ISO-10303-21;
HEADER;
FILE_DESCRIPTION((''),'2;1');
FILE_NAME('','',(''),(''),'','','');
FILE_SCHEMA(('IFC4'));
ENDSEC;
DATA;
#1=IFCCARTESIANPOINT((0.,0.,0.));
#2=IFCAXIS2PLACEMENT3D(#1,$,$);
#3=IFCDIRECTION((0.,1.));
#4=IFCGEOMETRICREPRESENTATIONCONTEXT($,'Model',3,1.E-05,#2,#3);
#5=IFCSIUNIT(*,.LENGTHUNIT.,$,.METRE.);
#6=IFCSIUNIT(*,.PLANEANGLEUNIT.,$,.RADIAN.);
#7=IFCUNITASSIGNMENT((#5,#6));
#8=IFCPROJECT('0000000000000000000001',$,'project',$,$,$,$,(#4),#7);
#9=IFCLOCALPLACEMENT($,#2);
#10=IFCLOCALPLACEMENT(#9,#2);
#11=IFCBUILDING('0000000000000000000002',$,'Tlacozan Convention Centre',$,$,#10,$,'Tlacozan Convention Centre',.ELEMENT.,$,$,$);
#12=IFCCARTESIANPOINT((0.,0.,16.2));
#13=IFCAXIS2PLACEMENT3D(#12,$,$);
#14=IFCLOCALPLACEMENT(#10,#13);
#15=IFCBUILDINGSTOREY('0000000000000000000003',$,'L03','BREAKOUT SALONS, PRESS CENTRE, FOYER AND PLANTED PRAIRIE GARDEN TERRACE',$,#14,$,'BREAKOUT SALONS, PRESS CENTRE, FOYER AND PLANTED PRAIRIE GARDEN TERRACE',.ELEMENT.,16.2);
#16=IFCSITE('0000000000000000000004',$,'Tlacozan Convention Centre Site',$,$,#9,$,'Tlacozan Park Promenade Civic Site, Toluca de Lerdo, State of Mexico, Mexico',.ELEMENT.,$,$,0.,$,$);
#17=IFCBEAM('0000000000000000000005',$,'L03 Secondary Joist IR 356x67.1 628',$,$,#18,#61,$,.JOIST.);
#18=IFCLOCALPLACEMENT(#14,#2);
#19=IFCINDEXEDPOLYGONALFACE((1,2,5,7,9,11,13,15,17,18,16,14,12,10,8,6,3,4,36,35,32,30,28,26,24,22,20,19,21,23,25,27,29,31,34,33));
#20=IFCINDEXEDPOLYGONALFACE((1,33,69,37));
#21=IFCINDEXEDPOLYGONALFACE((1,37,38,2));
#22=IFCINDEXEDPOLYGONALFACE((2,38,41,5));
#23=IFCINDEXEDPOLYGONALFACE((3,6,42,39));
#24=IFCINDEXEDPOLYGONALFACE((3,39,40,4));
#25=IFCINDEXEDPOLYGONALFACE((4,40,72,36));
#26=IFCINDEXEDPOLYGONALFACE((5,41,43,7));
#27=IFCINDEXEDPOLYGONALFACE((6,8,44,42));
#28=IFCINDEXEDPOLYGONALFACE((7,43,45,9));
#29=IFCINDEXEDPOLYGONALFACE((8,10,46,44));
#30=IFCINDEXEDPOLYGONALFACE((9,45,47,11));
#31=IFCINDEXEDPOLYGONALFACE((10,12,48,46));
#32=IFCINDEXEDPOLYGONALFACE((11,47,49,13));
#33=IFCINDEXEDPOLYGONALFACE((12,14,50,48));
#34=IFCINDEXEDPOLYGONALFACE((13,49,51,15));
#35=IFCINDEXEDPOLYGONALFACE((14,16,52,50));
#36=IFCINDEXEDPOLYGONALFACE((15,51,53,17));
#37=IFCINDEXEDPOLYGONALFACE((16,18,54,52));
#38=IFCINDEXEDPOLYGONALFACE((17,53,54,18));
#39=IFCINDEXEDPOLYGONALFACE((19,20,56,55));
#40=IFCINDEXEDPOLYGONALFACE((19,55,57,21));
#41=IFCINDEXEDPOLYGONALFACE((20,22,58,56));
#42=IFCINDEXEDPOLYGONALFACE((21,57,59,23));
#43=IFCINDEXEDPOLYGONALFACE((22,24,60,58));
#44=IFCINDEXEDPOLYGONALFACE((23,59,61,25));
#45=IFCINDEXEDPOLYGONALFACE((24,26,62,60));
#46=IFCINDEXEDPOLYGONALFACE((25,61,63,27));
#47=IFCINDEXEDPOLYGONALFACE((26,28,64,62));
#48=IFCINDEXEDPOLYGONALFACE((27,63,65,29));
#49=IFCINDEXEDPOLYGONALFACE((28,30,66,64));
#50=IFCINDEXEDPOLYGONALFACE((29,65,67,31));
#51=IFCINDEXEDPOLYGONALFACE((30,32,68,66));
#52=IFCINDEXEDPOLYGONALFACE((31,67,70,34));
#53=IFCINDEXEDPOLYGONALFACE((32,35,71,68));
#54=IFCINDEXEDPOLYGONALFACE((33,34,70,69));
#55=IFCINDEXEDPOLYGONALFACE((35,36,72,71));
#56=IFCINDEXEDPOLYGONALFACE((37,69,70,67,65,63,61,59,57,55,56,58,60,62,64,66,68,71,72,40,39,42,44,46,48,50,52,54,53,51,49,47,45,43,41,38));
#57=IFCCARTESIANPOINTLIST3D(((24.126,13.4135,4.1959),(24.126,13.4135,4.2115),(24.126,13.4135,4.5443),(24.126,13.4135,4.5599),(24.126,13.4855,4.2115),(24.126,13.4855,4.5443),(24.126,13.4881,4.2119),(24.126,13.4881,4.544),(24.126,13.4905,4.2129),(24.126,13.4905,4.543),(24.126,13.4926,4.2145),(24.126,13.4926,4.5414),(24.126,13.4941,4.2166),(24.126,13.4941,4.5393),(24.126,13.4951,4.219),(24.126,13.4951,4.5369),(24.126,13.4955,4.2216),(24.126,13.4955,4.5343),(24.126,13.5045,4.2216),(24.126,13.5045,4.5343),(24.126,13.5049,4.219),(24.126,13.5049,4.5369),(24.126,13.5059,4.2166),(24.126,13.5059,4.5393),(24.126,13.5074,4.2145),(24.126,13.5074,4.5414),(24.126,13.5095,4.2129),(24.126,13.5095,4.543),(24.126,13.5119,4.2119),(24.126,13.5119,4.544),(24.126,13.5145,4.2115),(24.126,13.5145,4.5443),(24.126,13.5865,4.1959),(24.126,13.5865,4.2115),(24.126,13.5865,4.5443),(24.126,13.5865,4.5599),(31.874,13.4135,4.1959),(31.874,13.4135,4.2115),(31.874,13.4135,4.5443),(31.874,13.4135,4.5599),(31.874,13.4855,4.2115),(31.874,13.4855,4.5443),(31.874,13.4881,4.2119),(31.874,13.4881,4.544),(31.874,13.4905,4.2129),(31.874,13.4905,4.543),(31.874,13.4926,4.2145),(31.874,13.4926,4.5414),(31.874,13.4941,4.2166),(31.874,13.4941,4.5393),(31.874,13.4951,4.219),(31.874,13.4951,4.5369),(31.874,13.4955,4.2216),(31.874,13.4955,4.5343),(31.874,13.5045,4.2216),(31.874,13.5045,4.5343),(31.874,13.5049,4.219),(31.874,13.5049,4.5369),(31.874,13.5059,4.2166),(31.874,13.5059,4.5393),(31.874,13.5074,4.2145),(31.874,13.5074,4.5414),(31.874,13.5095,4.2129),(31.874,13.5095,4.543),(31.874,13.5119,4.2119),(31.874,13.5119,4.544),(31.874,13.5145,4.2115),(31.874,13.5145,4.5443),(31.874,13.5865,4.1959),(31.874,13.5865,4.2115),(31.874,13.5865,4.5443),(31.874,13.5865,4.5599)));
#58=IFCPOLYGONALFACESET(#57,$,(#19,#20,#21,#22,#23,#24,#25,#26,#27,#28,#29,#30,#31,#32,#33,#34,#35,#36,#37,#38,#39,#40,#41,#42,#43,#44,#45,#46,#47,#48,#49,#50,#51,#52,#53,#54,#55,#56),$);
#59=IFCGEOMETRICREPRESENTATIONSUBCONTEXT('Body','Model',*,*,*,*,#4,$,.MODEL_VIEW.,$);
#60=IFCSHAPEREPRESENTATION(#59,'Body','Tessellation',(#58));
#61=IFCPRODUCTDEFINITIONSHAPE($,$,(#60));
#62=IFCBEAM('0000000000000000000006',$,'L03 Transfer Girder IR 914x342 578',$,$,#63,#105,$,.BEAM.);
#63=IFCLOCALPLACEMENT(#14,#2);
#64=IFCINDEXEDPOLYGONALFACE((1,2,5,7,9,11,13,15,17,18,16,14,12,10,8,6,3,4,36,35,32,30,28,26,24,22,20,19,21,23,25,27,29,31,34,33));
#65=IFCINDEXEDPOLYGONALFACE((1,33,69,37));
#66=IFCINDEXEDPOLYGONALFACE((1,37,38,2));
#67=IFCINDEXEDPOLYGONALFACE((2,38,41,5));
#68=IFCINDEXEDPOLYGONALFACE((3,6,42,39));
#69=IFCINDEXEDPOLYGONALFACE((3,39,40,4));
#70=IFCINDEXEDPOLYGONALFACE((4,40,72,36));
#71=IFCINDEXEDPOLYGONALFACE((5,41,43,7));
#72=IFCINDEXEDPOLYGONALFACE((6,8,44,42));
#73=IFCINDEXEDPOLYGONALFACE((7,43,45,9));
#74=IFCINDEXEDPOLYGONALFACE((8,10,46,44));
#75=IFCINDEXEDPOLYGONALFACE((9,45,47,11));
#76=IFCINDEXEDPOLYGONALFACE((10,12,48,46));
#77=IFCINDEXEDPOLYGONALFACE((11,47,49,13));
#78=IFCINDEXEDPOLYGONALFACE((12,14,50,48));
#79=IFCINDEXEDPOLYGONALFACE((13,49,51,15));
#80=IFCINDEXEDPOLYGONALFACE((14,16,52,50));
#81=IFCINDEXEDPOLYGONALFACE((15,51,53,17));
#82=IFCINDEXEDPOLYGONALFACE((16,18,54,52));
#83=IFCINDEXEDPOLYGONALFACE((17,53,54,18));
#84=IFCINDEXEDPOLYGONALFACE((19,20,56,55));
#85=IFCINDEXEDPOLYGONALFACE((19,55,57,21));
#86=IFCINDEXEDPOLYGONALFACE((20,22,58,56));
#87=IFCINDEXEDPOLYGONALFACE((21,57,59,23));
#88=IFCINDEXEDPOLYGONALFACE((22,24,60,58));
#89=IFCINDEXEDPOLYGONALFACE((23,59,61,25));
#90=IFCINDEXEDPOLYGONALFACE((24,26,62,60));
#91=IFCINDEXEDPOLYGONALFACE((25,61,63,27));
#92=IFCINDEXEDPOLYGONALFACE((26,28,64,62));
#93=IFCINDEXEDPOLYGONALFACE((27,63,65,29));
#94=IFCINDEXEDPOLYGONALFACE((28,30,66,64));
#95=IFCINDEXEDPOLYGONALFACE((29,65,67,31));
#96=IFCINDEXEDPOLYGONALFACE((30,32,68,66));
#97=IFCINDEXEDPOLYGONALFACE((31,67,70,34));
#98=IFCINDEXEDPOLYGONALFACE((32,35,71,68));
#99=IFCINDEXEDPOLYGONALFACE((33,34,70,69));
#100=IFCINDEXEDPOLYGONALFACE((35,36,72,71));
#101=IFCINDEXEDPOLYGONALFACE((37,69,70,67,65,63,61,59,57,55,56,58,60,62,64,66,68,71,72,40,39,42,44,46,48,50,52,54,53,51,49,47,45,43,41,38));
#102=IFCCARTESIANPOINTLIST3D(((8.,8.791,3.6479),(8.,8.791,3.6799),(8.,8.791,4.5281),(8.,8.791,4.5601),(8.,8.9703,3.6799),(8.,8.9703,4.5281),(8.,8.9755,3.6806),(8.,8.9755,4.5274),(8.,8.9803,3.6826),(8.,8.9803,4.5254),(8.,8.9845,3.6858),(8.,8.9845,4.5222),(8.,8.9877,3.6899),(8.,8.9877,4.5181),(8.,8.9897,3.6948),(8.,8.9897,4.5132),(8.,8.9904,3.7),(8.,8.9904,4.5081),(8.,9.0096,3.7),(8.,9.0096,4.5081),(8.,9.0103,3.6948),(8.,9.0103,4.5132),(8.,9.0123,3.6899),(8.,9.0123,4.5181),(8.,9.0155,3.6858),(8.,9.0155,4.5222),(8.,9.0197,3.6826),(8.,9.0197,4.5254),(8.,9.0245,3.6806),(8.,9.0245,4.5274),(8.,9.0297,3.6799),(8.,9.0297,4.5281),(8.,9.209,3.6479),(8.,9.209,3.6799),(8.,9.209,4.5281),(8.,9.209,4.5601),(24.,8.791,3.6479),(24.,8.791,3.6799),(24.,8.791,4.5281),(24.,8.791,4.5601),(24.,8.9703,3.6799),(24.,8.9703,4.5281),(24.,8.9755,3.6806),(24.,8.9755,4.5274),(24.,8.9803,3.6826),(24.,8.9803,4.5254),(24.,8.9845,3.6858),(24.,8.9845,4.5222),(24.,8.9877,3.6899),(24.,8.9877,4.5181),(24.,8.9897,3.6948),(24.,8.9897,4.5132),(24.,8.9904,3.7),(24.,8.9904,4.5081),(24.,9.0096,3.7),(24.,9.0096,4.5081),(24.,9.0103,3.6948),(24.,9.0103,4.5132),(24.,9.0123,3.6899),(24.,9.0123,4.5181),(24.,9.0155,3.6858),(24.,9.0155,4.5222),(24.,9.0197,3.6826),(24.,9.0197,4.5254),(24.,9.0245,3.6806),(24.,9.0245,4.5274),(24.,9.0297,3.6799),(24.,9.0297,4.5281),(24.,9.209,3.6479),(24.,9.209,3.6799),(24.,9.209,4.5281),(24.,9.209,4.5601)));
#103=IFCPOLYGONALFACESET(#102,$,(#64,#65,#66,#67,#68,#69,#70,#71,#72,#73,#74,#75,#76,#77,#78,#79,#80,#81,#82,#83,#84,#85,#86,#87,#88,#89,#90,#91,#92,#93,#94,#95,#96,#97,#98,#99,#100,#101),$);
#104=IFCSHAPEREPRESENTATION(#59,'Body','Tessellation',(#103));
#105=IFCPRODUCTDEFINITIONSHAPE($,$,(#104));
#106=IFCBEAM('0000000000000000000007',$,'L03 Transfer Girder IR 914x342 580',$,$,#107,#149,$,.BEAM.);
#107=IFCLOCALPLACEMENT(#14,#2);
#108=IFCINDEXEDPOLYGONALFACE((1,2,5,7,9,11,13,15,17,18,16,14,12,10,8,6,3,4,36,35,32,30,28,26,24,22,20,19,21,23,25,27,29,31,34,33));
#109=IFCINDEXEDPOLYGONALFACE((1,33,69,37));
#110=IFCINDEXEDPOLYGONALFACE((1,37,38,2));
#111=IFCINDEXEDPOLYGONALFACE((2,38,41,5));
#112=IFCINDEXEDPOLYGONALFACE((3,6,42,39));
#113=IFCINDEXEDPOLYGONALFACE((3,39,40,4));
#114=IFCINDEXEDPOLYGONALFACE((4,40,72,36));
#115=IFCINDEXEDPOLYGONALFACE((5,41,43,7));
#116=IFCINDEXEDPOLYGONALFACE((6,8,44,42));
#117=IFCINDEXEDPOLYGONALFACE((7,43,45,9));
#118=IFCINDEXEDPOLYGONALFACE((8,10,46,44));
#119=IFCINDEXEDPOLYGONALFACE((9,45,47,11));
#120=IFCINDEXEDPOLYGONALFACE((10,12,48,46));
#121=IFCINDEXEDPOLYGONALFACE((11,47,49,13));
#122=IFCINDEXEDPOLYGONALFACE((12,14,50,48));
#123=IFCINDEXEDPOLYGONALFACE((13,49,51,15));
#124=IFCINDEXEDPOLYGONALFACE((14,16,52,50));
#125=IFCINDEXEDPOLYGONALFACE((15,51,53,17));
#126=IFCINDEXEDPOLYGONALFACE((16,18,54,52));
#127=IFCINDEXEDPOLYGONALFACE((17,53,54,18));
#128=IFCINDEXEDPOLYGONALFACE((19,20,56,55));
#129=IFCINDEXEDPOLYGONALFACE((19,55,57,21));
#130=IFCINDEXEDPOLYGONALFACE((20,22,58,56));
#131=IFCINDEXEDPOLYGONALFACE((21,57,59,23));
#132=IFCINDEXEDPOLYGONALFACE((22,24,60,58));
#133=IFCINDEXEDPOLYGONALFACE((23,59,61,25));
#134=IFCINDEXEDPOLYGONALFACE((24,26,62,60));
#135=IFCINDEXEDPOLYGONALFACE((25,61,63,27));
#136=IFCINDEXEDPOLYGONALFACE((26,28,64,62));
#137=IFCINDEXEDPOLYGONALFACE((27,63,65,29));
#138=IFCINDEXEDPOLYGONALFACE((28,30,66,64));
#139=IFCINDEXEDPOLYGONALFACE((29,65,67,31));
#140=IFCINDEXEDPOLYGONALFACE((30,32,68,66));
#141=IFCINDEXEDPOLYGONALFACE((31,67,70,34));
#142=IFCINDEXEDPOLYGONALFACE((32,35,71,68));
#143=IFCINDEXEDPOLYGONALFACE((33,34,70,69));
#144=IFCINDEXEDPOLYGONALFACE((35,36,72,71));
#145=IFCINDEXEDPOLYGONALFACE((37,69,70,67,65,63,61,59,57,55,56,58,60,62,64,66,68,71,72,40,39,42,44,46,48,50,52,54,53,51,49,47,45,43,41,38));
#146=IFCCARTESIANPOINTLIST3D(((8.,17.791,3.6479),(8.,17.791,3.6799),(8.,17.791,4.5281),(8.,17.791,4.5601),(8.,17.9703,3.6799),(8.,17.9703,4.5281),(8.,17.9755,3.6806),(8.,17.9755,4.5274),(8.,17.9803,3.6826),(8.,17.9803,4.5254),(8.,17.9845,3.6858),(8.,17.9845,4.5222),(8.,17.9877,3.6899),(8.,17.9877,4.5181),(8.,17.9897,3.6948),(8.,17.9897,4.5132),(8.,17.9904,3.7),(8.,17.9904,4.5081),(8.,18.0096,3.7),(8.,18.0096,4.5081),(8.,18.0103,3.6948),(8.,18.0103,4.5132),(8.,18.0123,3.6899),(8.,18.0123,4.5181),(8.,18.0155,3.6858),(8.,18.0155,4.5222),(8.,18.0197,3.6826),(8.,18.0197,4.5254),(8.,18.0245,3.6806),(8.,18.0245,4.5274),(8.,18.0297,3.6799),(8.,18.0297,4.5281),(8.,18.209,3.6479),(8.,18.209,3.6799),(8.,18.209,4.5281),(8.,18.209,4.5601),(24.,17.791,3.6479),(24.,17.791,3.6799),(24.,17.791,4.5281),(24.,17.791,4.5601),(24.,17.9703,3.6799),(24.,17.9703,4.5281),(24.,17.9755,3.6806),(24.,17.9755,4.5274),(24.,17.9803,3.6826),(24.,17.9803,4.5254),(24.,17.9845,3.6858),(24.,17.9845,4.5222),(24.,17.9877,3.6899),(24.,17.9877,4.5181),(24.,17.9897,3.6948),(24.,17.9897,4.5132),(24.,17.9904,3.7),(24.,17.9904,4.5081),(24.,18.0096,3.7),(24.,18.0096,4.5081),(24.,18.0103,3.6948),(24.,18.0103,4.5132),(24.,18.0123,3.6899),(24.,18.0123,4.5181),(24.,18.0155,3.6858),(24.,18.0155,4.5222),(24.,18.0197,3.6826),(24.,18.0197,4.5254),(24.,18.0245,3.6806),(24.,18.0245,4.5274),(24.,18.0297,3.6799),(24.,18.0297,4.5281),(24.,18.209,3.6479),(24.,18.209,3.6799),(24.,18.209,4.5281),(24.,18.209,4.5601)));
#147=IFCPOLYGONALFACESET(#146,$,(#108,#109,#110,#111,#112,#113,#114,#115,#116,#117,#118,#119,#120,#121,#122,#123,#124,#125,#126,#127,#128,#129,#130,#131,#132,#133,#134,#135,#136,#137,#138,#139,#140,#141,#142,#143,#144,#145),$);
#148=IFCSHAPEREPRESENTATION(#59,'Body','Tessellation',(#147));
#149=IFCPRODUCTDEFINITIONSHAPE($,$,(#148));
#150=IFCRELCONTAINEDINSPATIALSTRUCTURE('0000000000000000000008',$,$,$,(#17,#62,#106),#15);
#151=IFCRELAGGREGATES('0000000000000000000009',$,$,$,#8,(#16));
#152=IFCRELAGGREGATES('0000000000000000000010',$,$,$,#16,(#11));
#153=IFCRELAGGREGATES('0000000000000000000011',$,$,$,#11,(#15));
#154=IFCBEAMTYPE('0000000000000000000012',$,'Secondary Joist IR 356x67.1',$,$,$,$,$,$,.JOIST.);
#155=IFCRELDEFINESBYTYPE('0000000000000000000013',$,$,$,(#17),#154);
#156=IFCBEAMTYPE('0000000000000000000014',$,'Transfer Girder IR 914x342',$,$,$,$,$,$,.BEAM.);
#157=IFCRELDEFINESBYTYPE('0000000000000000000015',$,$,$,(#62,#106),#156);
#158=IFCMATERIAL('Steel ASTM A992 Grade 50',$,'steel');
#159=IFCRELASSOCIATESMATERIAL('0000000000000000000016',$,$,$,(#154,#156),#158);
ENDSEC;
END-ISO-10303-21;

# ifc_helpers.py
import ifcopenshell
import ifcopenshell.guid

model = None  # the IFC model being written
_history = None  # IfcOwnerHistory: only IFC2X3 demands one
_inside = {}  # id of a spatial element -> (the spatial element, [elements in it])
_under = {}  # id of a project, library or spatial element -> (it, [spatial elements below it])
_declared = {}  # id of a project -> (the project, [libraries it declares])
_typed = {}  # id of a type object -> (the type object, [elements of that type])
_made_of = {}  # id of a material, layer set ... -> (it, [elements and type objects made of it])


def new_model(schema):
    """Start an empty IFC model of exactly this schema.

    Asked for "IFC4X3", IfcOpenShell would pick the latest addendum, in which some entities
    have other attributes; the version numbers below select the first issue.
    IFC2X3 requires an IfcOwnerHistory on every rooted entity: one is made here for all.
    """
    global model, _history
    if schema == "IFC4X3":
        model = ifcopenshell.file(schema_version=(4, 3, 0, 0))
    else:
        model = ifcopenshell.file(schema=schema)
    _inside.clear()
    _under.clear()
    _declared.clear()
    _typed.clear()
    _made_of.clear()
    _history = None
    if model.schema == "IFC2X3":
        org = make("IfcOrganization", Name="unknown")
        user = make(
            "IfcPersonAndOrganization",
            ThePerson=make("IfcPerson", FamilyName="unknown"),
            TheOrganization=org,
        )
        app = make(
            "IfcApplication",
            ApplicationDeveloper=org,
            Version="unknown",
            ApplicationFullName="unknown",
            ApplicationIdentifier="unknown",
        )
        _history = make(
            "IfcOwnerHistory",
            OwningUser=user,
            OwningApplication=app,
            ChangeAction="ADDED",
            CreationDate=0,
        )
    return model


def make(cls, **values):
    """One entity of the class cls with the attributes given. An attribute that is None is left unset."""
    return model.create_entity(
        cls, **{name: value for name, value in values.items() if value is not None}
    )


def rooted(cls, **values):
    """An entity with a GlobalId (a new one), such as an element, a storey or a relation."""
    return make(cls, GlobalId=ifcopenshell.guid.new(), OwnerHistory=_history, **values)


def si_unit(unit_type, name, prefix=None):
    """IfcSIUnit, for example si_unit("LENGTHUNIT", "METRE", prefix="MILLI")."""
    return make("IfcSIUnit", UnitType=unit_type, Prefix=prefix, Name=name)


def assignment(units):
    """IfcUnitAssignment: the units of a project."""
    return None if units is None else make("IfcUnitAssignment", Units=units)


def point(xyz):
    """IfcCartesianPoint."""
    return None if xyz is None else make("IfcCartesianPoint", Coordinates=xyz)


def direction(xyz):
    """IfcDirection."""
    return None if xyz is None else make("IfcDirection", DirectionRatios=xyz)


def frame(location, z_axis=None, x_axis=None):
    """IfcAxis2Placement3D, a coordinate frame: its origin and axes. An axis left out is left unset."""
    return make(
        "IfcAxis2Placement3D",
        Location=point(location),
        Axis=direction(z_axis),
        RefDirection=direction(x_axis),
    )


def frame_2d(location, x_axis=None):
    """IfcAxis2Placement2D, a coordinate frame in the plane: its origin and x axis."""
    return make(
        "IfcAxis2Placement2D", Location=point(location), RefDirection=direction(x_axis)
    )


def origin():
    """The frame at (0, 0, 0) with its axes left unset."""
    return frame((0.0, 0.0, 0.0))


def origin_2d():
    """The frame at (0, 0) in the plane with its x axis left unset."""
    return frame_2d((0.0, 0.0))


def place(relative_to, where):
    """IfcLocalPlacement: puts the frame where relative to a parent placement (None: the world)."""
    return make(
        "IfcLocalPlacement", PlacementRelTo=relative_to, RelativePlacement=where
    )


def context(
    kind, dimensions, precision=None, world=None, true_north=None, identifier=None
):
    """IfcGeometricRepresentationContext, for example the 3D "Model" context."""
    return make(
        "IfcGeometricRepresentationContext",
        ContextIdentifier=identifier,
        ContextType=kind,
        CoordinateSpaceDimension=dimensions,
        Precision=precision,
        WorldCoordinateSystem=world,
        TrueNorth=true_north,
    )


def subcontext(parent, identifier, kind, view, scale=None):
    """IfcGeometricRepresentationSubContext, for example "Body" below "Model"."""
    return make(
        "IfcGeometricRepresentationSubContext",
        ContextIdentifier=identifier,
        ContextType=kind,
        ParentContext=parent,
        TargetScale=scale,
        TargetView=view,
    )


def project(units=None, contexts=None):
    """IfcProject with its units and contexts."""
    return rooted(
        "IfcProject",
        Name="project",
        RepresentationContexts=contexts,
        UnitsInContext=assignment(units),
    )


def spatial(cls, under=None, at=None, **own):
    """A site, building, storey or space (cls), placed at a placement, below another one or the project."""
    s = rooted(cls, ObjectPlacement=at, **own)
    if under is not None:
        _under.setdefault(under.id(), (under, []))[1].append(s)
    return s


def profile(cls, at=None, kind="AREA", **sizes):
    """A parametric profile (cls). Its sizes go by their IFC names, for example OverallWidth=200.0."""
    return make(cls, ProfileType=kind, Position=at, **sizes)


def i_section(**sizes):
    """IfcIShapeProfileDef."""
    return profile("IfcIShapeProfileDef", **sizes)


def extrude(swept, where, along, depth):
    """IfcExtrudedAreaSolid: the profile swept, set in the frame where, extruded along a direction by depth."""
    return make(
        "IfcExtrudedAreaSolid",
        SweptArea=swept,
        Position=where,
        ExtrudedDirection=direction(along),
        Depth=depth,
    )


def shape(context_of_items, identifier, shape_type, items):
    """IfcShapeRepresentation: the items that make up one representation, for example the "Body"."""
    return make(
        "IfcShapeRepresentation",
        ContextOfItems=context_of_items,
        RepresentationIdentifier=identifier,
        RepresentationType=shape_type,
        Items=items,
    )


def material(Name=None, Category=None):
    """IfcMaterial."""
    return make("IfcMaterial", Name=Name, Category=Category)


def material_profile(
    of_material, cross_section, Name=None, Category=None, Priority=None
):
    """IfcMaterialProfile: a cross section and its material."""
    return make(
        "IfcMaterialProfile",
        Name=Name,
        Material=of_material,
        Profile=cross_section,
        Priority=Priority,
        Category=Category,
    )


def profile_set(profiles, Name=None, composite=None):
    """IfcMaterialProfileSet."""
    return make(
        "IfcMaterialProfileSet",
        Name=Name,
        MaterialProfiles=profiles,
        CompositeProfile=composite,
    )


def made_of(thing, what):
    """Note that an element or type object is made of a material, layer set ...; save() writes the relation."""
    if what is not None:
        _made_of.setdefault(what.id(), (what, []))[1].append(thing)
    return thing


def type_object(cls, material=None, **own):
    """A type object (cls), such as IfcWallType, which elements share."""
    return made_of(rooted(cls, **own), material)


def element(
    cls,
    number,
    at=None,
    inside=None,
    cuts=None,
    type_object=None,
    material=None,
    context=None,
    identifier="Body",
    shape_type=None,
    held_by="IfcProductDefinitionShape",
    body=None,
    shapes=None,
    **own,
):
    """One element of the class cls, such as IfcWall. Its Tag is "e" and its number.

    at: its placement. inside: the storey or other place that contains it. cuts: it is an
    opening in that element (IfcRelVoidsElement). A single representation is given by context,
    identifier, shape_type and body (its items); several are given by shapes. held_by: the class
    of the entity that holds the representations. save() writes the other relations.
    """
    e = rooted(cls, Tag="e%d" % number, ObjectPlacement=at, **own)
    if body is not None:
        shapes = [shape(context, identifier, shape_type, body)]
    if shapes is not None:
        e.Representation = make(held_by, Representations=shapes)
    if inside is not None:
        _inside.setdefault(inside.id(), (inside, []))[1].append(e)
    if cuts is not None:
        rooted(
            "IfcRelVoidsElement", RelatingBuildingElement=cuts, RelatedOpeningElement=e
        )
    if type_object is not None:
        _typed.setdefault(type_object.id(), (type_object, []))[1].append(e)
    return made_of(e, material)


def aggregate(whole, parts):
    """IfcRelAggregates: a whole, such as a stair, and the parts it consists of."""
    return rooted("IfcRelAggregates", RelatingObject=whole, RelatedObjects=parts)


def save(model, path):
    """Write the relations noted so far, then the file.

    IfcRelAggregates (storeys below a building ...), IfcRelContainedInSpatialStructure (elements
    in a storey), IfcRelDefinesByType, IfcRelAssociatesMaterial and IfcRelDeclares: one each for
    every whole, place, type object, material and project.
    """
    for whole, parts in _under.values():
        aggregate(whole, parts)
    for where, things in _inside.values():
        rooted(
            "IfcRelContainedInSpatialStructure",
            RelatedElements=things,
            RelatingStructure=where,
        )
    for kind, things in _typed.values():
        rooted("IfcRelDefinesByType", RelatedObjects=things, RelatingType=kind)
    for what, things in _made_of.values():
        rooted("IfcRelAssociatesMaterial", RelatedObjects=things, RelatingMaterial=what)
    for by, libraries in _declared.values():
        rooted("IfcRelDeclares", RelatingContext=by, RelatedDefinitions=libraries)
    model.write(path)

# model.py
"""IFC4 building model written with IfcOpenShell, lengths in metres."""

from ifc_helpers import new_model, si_unit, direction, frame, origin, origin_2d, place, context, subcontext, project, spatial, i_section, extrude, material, material_profile, profile_set, type_object, element, save


model = new_model("IFC4")

# Units and contexts
model_context = context("Model", 3, precision=1e-05, world=origin(), true_north=direction((0.0, 1.0)))
body_context = subcontext(model_context, "Body", "Model", "MODEL_VIEW")
ifc_project = project(units=[si_unit("LENGTHUNIT", "METRE"), si_unit("PLANEANGLEUNIT", "RADIAN")], contexts=[model_context])

# Site, building, storey
site_placement = place(None, origin())
site = spatial("IfcSite", under=ifc_project, at=site_placement, Name="Tlacozan Convention Centre Site", LongName="Tlacozan Park Promenade Civic Site, Toluca de Lerdo, State of Mexico, Mexico", CompositionType="ELEMENT", RefElevation=0.0)
building_placement = place(site_placement, origin())
building = spatial("IfcBuilding", under=site, at=building_placement, Name="Tlacozan Convention Centre", LongName="Tlacozan Convention Centre", CompositionType="ELEMENT")
storey_placement = place(building_placement, frame((0.0, 0.0, 16.2)))
storey = spatial("IfcBuildingStorey", under=building, at=storey_placement, Name="L03", Description="BREAKOUT SALONS, PRESS CENTRE, FOYER AND PLANTED PRAIRIE GARDEN TERRACE", LongName="BREAKOUT SALONS, PRESS CENTRE, FOYER AND PLANTED PRAIRIE GARDEN TERRACE", CompositionType="ELEMENT", Elevation=16.2)

# Beams
ifc_material_1 = material(Name="Steel ASTM A992 Grade 50", Category="steel")
ifc_material_profile_1 = material_profile(ifc_material_1, i_section(OverallWidth=0.1731, OverallDepth=0.364, WebThickness=0.009, FlangeThickness=0.0156, FilletRadius=0.01, at=origin_2d()), Name="IR 356x67.1")
ifc_profile_set_1 = profile_set([ifc_material_profile_1], Name="Steel ASTM A992 Grade 50")
beam_type_1 = type_object("IfcBeamType", Name="Secondary Joist IR 356x67.1", PredefinedType="JOIST", material=ifc_profile_set_1)
for number, where, z_axis, x_axis, name in (
    (1, (24.126, 13.5, 4.3779), (1.0, 0.0, 0.0), (0.0, 1.0, 0.0), "L03 Secondary Joist IR 356x67.1 628"),
):
    element("IfcBeam", number, at=place(storey_placement, frame(where, z_axis=z_axis, x_axis=x_axis)), inside=storey, type_object=beam_type_1, Name=name, PredefinedType="JOIST", context=body_context, shape_type="SweptSolid", body=[
        extrude(i_section(OverallWidth=0.1731, OverallDepth=0.364, WebThickness=0.009, FlangeThickness=0.0156, FilletRadius=0.01, at=origin_2d()), origin(), (0.0, 0.0, 1.0), 7.748),
    ])
ifc_material_profile_2 = material_profile(ifc_material_1, i_section(OverallWidth=0.418, OverallDepth=0.9121, WebThickness=0.0193, FlangeThickness=0.032, FilletRadius=0.02, at=origin_2d()), Name="IR 914x342.0")
ifc_profile_set_2 = profile_set([ifc_material_profile_2], Name="Steel ASTM A992 Grade 50")
beam_type_2 = type_object("IfcBeamType", Name="Transfer Girder IR 914x342", PredefinedType="BEAM", material=ifc_profile_set_2)
for number, where, z_axis, x_axis, name in (
    (2, (24.0, 9.0, 4.104), (-1.0, 0.0, 0.0), (0.0, -1.0, 0.0), "L03 Transfer Girder IR 914x342 578"),
    (3, (24.0, 18.0, 4.104), (-1.0, 0.0, 0.0), (0.0, -1.0, 0.0), "L03 Transfer Girder IR 914x342 580"),
):
    element("IfcBeam", number, at=place(storey_placement, frame(where, z_axis=z_axis, x_axis=x_axis)), inside=storey, type_object=beam_type_2, Name=name, PredefinedType="BEAM", context=body_context, shape_type="SweptSolid", body=[
        extrude(i_section(OverallWidth=0.418, OverallDepth=0.9121, WebThickness=0.0193, FlangeThickness=0.032, FilletRadius=0.02, at=origin_2d()), origin(), (0.0, 0.0, 1.0), 16.0),
    ])

save(model, "model.ifc")
